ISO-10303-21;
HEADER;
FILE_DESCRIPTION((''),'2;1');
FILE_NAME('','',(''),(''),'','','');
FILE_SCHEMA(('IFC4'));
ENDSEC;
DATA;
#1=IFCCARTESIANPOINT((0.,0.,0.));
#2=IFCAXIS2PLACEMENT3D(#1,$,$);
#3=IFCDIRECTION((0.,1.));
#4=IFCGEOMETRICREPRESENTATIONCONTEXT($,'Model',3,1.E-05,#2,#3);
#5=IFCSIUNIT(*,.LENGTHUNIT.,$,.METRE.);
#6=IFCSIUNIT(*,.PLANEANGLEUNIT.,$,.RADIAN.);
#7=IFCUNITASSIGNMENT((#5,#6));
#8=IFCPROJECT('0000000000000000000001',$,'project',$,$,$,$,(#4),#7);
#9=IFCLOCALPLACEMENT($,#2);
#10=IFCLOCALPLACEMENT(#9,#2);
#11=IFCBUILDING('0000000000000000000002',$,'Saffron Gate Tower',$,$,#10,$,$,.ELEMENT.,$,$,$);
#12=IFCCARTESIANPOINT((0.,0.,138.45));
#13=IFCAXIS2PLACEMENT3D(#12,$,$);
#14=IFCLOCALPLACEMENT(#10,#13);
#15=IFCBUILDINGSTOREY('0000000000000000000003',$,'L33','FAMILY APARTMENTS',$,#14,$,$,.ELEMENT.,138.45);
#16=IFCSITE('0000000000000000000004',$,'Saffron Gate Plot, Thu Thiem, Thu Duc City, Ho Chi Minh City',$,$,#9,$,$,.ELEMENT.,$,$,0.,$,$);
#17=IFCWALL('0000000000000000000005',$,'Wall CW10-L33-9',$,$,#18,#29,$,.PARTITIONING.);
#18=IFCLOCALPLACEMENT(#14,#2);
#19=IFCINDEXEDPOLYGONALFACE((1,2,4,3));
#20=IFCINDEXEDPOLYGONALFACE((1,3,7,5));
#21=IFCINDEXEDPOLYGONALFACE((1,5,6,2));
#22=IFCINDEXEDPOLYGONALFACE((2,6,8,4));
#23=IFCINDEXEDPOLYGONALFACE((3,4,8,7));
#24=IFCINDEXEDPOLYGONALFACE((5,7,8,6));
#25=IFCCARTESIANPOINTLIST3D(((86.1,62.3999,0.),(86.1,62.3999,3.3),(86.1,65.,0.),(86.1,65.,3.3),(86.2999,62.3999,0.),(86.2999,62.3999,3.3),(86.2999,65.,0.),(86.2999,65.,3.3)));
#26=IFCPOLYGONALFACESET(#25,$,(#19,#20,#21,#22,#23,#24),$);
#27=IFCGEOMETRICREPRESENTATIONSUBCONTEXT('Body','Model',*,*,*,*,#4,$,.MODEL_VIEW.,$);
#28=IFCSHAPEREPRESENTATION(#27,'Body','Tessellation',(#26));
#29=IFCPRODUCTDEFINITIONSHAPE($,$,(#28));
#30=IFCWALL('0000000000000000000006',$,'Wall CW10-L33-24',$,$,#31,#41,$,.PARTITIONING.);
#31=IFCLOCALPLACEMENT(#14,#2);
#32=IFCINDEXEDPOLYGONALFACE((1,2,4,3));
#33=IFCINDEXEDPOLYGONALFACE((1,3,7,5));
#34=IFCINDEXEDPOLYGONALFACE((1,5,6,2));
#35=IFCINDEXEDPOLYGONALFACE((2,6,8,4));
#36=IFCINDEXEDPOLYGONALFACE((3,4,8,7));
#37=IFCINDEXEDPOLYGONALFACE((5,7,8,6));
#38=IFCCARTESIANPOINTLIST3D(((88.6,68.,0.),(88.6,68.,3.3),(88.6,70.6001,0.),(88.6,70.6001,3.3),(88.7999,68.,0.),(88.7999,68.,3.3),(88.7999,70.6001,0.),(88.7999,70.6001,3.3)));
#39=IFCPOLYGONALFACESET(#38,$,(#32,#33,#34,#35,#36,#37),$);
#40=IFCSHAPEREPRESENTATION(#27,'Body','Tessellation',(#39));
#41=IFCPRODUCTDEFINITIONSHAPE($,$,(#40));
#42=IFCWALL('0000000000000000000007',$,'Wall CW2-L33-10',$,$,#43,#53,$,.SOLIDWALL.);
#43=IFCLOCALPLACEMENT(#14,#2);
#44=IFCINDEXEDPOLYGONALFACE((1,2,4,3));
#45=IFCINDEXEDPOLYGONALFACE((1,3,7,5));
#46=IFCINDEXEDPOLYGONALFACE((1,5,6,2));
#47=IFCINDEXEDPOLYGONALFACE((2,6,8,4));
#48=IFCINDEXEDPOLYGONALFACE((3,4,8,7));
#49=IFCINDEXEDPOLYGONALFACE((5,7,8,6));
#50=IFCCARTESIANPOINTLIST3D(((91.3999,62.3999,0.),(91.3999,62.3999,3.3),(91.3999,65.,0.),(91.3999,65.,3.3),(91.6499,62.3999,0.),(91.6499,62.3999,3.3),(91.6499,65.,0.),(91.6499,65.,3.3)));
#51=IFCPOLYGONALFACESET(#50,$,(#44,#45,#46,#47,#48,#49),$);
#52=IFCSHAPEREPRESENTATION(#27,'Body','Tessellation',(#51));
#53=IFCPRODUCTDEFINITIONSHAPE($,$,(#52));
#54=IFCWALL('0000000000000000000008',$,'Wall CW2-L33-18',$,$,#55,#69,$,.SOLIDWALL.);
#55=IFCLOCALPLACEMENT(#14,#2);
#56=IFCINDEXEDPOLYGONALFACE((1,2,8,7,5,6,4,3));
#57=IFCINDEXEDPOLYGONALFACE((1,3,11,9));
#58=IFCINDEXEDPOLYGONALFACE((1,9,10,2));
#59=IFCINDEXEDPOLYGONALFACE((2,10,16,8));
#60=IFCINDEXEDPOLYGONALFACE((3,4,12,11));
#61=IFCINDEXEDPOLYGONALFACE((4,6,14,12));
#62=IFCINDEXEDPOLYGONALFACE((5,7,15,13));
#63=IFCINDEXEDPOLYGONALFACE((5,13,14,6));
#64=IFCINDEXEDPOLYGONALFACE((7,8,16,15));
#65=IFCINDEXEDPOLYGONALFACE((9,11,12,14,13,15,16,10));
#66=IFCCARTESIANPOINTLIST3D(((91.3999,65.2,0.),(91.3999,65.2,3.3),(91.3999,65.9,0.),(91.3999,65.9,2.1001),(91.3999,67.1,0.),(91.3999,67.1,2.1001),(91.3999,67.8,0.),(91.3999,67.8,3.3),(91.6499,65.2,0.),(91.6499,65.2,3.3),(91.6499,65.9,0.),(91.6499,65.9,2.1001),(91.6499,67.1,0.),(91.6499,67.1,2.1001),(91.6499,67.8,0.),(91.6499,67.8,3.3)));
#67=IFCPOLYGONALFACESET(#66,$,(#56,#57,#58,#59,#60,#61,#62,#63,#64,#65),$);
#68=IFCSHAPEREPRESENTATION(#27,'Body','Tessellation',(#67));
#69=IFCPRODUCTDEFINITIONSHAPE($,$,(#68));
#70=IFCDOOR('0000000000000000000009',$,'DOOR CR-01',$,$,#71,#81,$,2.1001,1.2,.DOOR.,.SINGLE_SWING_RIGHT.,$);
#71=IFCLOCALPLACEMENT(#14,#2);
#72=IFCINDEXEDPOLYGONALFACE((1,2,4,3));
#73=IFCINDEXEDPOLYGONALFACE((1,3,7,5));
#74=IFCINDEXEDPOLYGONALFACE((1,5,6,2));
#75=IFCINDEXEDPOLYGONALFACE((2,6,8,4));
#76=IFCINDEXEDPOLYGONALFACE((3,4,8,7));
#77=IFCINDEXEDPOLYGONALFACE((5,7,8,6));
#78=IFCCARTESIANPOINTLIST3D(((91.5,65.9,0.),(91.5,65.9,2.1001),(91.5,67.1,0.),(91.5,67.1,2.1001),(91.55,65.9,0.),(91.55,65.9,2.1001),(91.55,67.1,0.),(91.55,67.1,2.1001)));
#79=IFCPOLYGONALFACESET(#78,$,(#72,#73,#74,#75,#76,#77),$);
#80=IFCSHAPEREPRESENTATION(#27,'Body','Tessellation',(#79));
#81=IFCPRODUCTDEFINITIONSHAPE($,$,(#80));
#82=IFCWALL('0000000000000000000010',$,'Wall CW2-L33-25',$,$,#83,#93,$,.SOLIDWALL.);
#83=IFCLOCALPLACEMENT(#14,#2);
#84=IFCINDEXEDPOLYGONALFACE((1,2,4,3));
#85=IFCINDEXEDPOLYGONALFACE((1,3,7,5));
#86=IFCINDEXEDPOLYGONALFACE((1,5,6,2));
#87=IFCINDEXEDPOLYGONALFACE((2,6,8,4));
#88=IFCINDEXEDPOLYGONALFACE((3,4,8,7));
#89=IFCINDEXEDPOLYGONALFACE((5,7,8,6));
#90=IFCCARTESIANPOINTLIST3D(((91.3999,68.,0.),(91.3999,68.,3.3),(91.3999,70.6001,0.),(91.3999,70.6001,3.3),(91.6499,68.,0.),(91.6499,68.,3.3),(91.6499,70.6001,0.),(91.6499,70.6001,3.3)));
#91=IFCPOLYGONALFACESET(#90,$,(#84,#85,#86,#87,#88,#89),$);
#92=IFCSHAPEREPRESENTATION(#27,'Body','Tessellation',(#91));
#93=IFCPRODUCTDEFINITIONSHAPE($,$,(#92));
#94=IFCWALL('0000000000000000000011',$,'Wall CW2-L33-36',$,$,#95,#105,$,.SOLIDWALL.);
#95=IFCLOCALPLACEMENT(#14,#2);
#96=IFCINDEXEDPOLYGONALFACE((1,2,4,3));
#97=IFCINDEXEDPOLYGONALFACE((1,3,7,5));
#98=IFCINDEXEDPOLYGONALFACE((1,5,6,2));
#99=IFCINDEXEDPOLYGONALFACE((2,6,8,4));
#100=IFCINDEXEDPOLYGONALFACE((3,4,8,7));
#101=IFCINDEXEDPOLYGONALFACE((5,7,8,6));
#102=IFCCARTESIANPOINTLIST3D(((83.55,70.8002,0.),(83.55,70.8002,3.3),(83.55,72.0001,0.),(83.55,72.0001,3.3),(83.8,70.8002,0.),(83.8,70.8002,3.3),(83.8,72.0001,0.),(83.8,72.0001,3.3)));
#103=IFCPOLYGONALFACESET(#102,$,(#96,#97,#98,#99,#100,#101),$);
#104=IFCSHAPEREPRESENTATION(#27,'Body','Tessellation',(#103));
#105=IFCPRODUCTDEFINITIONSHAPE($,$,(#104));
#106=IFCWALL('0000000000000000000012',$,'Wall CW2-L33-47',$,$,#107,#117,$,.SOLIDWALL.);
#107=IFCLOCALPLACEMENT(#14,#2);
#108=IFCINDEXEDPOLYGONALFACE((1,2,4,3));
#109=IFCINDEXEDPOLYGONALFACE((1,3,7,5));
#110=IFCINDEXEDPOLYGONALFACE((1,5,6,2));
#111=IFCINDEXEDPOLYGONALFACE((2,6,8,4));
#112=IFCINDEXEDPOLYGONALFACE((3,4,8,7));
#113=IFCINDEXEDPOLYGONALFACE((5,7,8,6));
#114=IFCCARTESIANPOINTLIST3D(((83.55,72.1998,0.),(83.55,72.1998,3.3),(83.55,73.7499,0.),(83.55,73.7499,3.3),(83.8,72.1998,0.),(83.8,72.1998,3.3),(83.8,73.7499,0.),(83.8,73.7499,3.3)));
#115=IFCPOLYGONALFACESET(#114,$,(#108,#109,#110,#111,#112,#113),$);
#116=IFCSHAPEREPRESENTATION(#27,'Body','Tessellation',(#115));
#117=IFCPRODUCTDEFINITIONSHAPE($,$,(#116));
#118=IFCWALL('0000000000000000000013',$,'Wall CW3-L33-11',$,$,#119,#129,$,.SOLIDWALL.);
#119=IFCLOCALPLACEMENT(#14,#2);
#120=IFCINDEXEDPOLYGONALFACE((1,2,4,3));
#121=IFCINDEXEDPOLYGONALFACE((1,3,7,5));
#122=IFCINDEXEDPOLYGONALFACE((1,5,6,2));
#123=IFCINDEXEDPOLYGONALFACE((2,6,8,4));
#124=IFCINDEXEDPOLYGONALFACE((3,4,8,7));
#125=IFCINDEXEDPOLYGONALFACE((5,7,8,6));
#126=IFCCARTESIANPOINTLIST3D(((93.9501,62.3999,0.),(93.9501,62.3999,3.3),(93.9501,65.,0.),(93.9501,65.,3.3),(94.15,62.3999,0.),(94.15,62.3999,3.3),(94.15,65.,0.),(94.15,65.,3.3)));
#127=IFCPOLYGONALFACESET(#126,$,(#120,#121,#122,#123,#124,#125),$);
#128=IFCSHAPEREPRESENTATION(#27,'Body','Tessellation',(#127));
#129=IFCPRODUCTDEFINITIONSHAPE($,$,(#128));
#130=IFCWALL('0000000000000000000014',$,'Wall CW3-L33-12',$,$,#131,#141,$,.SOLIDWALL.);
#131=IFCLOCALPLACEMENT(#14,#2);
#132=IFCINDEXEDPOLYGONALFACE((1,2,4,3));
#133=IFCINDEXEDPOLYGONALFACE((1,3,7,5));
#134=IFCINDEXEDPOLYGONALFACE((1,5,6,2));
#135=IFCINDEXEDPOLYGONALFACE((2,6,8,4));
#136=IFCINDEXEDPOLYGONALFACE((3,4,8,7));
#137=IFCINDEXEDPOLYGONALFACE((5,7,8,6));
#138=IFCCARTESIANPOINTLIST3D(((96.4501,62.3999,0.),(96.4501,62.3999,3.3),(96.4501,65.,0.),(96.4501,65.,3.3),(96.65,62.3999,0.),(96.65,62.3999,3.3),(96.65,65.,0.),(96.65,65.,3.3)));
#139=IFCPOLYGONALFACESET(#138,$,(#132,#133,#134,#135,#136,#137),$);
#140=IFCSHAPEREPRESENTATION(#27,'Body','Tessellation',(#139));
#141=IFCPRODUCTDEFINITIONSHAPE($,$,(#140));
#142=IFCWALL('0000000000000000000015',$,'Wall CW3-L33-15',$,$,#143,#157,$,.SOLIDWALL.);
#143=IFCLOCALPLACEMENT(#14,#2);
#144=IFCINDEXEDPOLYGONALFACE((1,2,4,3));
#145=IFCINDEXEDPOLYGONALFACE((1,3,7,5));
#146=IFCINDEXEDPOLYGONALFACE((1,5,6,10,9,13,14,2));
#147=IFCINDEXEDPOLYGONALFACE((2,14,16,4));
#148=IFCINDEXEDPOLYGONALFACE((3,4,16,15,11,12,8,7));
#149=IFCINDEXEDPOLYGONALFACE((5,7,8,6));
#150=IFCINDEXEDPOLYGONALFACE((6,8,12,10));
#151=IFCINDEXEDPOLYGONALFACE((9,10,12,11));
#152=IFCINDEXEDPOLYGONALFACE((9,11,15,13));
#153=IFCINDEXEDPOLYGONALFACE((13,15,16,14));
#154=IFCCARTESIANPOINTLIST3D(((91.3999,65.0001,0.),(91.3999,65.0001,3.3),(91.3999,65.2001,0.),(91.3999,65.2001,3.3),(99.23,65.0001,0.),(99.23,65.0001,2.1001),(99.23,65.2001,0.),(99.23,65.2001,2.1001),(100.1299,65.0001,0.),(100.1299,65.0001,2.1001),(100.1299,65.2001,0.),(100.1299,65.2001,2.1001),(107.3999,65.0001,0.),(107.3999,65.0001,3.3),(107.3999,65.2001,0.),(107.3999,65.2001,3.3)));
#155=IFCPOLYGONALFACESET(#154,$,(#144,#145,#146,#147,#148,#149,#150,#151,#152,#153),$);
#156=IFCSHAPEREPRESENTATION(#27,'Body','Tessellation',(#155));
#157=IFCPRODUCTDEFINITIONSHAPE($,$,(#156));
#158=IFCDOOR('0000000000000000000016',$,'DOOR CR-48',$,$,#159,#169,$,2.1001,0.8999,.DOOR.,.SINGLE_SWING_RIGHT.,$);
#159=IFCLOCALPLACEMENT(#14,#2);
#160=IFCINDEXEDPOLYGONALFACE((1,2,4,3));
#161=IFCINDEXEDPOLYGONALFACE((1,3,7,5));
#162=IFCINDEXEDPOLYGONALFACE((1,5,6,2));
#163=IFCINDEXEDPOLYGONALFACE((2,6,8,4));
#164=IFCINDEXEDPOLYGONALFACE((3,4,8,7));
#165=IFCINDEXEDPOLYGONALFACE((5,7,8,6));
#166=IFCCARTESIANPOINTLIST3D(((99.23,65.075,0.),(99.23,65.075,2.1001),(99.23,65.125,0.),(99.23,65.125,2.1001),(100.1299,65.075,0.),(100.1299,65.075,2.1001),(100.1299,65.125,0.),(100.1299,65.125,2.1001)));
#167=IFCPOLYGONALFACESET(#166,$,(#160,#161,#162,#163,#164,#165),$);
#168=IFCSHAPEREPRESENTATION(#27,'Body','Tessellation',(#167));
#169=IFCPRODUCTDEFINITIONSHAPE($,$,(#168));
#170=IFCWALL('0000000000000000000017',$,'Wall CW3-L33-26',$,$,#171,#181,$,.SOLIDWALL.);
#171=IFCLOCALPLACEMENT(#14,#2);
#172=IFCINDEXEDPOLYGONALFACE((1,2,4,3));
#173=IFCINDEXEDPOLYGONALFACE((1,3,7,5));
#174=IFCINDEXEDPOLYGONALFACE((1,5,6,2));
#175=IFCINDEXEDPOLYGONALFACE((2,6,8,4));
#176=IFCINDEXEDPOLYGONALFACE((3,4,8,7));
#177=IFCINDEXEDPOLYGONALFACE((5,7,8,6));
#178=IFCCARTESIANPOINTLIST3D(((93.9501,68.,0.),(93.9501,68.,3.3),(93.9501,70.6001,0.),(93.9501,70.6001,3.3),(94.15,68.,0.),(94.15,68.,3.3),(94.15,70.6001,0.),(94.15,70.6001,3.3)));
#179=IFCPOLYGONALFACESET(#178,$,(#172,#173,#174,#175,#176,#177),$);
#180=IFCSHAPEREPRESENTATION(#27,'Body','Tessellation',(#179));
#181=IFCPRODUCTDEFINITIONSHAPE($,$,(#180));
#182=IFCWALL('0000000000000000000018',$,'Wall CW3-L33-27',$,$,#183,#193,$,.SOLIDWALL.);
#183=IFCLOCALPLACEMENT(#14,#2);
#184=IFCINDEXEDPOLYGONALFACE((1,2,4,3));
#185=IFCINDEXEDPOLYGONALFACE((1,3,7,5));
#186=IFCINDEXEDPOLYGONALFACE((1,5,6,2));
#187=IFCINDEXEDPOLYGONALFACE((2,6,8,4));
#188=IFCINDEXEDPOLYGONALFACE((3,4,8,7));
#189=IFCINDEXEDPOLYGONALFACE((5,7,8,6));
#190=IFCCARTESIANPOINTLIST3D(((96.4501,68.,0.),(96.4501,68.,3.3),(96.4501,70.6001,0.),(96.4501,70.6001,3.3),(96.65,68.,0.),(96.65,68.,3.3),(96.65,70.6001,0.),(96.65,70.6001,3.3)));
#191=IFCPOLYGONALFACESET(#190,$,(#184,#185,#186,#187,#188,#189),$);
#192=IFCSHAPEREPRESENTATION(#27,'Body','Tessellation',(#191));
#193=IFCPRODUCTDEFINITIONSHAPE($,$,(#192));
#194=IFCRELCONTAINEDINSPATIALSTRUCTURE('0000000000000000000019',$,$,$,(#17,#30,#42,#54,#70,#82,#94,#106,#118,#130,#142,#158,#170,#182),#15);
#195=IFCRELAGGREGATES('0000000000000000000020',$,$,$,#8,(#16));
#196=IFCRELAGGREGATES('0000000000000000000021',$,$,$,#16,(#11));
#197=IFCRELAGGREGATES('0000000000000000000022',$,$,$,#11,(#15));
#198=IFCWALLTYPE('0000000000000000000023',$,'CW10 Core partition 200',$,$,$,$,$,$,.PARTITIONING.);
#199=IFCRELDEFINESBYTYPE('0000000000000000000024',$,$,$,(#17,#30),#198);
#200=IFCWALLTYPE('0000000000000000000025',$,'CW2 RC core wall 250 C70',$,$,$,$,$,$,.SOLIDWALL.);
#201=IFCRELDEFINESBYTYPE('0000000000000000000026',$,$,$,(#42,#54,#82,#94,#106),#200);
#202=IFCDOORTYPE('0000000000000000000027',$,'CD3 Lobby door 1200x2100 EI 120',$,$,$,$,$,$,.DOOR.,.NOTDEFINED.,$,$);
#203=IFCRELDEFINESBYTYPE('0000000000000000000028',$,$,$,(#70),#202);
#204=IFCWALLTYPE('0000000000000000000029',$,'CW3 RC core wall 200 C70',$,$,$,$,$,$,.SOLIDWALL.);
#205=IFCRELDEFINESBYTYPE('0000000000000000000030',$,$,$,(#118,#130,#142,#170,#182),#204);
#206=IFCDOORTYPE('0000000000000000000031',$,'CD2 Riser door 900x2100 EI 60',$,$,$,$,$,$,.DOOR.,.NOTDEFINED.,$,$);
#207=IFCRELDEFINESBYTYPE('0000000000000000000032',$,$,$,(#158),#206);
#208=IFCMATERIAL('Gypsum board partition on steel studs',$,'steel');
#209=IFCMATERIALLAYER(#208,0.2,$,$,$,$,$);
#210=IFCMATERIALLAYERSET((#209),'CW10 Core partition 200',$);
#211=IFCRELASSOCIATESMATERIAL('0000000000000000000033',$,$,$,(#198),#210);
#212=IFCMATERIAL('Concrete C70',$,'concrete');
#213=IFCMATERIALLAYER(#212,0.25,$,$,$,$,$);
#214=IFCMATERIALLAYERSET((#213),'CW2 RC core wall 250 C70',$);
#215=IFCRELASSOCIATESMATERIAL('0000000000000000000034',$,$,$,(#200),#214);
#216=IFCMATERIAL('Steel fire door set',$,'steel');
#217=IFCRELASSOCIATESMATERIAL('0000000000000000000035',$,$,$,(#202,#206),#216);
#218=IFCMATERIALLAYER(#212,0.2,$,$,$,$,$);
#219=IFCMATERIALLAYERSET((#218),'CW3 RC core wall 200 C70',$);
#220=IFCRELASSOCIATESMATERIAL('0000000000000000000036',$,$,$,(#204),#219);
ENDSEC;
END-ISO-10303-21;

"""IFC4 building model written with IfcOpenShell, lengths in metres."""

from ifc_helpers import new_model, si_unit, direction, frame, frame_2d, origin, place, context, subcontext, project, spatial, rectangle, extrude, material, layer, layer_set, type_object, element, fill, save


model = new_model("IFC4")

# Units and contexts
model_context = context("Model", 3, precision=1e-05, world=origin(), true_north=direction((0.0, 1.0)))
body_context = subcontext(model_context, "Body", "Model", "MODEL_VIEW")
ifc_project = project(units=[si_unit("LENGTHUNIT", "METRE"), si_unit("PLANEANGLEUNIT", "RADIAN")], contexts=[model_context])

# Site, building, storey
site_placement = place(None, origin())
site = spatial("IfcSite", under=ifc_project, at=site_placement, Name="Saffron Gate Plot, Thu Thiem, Thu Duc City, Ho Chi Minh City", CompositionType="ELEMENT", RefElevation=0.0)
building_placement = place(site_placement, origin())
building = spatial("IfcBuilding", under=site, at=building_placement, Name="Saffron Gate Tower", CompositionType="ELEMENT")
storey_placement = place(building_placement, frame((0.0, 0.0, 138.45)))
storey = spatial("IfcBuildingStorey", under=building, at=storey_placement, Name="L33", Description="FAMILY APARTMENTS", CompositionType="ELEMENT", Elevation=138.45)

# Walls
ifc_material_1 = material(Name="Gypsum board partition on steel studs", Category="steel")
ifc_layer_1 = layer(ifc_material_1, 0.2)
ifc_layer_set_1 = layer_set([ifc_layer_1], Name="CW10 Core partition 200")
wall_type_1 = type_object("IfcWallType", Name="CW10 Core partition 200", PredefinedType="PARTITIONING", material=ifc_layer_set_1)
for number, where, z_axis, x_axis, name in (
    (1, (86.2, 62.3999, 0.0), (0.0, 0.0, 1.0), (0.0, 1.0, 0.0), "Wall CW10-L33-9"),
    (2, (88.7, 68.0, 0.0), (0.0, 0.0, 1.0), (0.0, 1.0, 0.0), "Wall CW10-L33-24"),
):
    element("IfcWall", number, at=place(storey_placement, frame(where, z_axis=z_axis, x_axis=x_axis)), inside=storey, type_object=wall_type_1, Name=name, PredefinedType="PARTITIONING", context=body_context, shape_type="SweptSolid", body=[
        extrude(rectangle(XDim=2.6001, YDim=0.2, at=frame_2d((1.3, 0.0))), origin(), (0.0, 0.0, 1.0), 3.3),
    ])
ifc_material_2 = material(Name="Concrete C70", Category="concrete")
ifc_layer_2 = layer(ifc_material_2, 0.25)
ifc_layer_set_2 = layer_set([ifc_layer_2], Name="CW2 RC core wall 250 C70")
wall_type_2 = type_object("IfcWallType", Name="CW2 RC core wall 250 C70", PredefinedType="SOLIDWALL", material=ifc_layer_set_2)
wall_1_placement = place(storey_placement, frame((91.5249, 62.3999, 0.0), z_axis=(0.0, 0.0, 1.0), x_axis=(0.0, 1.0, 0.0)))
element("IfcWall", 3, at=wall_1_placement, inside=storey, type_object=wall_type_2, Name="Wall CW2-L33-10", PredefinedType="SOLIDWALL", context=body_context, shape_type="SweptSolid", body=[
    extrude(rectangle(XDim=2.6001, YDim=0.25, at=frame_2d((1.3, 0.0))), origin(), (0.0, 0.0, 1.0), 3.3),
])

# Wall, opening, door
wall_2_placement = place(storey_placement, frame((91.5249, 65.2, 0.0), z_axis=(0.0, 0.0, 1.0), x_axis=(0.0, 1.0, 0.0)))
wall_2 = element("IfcWall", 4, at=wall_2_placement, inside=storey, type_object=wall_type_2, Name="Wall CW2-L33-18", PredefinedType="SOLIDWALL", context=body_context, shape_type="SweptSolid", body=[
    extrude(rectangle(XDim=2.6001, YDim=0.25, at=frame_2d((1.3, 0.0))), origin(), (0.0, 0.0, 1.0), 3.3),
])
opening_1_placement = place(wall_2_placement, frame((0.7, 0.0, 0.0)))
opening_1 = element("IfcOpeningElement", 5, at=opening_1_placement, cuts=wall_2, PredefinedType="OPENING", context=body_context, shape_type="SweptSolid", body=[
    extrude(rectangle(XDim=1.2, YDim=2.1001, at=frame_2d((0.6001, 1.05))), frame((0.0, 0.135, 0.0), z_axis=(0.0, -1.0, 0.0), x_axis=(1.0, 0.0, 0.0)), (0.0, 0.0, 1.0), 0.27),
])
ifc_material_3 = material(Name="Steel fire door set", Category="steel")
door_type_1 = type_object("IfcDoorType", Name="CD3 Lobby door 1200x2100 EI 120", OperationType="NOTDEFINED", PredefinedType="DOOR", material=ifc_material_3)
door_1_placement = place(opening_1_placement, origin())
door_1 = element("IfcDoor", 6, at=door_1_placement, inside=storey, type_object=door_type_1, Name="DOOR CR-01", OperationType="SINGLE_SWING_RIGHT", OverallHeight=2.1001, OverallWidth=1.2, PredefinedType="DOOR", context=body_context, shape_type="SweptSolid", body=[
    extrude(rectangle(XDim=1.2, YDim=2.1001, at=frame_2d((0.6001, 1.05))), frame((0.0, 0.0249, 0.0), z_axis=(0.0, -1.0, 0.0), x_axis=(1.0, 0.0, 0.0)), (0.0, 0.0, 1.0), 0.05),
])
fill(opening_1, door_1)

# Walls
wall_3_placement = place(storey_placement, frame((91.5249, 68.0, 0.0), z_axis=(0.0, 0.0, 1.0), x_axis=(0.0, 1.0, 0.0)))
element("IfcWall", 7, at=wall_3_placement, inside=storey, type_object=wall_type_2, Name="Wall CW2-L33-25", PredefinedType="SOLIDWALL", context=body_context, shape_type="SweptSolid", body=[
    extrude(rectangle(XDim=2.6001, YDim=0.25, at=frame_2d((1.3, 0.0))), origin(), (0.0, 0.0, 1.0), 3.3),
])
wall_4_placement = place(storey_placement, frame((83.675, 70.8, 0.0), z_axis=(0.0, 0.0, 1.0), x_axis=(0.0, 1.0, 0.0)))
element("IfcWall", 8, at=wall_4_placement, inside=storey, type_object=wall_type_2, Name="Wall CW2-L33-36", PredefinedType="SOLIDWALL", context=body_context, shape_type="SweptSolid", body=[
    extrude(rectangle(XDim=1.2, YDim=0.25, at=frame_2d((0.6001, 0.0))), origin(), (0.0, 0.0, 1.0), 3.3),
])
wall_5_placement = place(storey_placement, frame((83.675, 72.2, 0.0), z_axis=(0.0, 0.0, 1.0), x_axis=(0.0, 1.0, 0.0)))
element("IfcWall", 9, at=wall_5_placement, inside=storey, type_object=wall_type_2, Name="Wall CW2-L33-47", PredefinedType="SOLIDWALL", context=body_context, shape_type="SweptSolid", body=[
    extrude(rectangle(XDim=1.55, YDim=0.25, at=frame_2d((0.7749, 0.0))), origin(), (0.0, 0.0, 1.0), 3.3),
])
ifc_layer_3 = layer(ifc_material_2, 0.2)
ifc_layer_set_3 = layer_set([ifc_layer_3], Name="CW3 RC core wall 200 C70")
wall_type_3 = type_object("IfcWallType", Name="CW3 RC core wall 200 C70", PredefinedType="SOLIDWALL", material=ifc_layer_set_3)
for number, where, z_axis, x_axis, name in (
    (10, (94.05, 62.3999, 0.0), (0.0, 0.0, 1.0), (0.0, 1.0, 0.0), "Wall CW3-L33-11"),
    (11, (96.55, 62.3999, 0.0), (0.0, 0.0, 1.0), (0.0, 1.0, 0.0), "Wall CW3-L33-12"),
):
    element("IfcWall", number, at=place(storey_placement, frame(where, z_axis=z_axis, x_axis=x_axis)), inside=storey, type_object=wall_type_3, Name=name, PredefinedType="SOLIDWALL", context=body_context, shape_type="SweptSolid", body=[
        extrude(rectangle(XDim=2.6001, YDim=0.2, at=frame_2d((1.3, 0.0))), origin(), (0.0, 0.0, 1.0), 3.3),
    ])

# Wall, opening, door
wall_6_placement = place(storey_placement, frame((91.3999, 65.1001, 0.0), z_axis=(0.0, 0.0, 1.0), x_axis=(1.0, 0.0, 0.0)))
wall_6 = element("IfcWall", 12, at=wall_6_placement, inside=storey, type_object=wall_type_3, Name="Wall CW3-L33-15", PredefinedType="SOLIDWALL", context=body_context, shape_type="SweptSolid", body=[
    extrude(rectangle(XDim=16.0, YDim=0.2, at=frame_2d((8.0, 0.0))), origin(), (0.0, 0.0, 1.0), 3.3),
])
opening_2_placement = place(wall_6_placement, frame((7.8301, 0.0, 0.0)))
opening_2 = element("IfcOpeningElement", 13, at=opening_2_placement, cuts=wall_6, PredefinedType="OPENING", context=body_context, shape_type="SweptSolid", body=[
    extrude(rectangle(XDim=0.8999, YDim=2.1001, at=frame_2d((0.45, 1.05))), frame((0.0, 0.1099, 0.0), z_axis=(0.0, -1.0, 0.0), x_axis=(1.0, 0.0, 0.0)), (0.0, 0.0, 1.0), 0.22),
])
door_type_2 = type_object("IfcDoorType", Name="CD2 Riser door 900x2100 EI 60", OperationType="NOTDEFINED", PredefinedType="DOOR", material=ifc_material_3)
door_2_placement = place(opening_2_placement, origin())
door_2 = element("IfcDoor", 14, at=door_2_placement, inside=storey, type_object=door_type_2, Name="DOOR CR-48", OperationType="SINGLE_SWING_RIGHT", OverallHeight=2.1001, OverallWidth=0.8999, PredefinedType="DOOR", context=body_context, shape_type="SweptSolid", body=[
    extrude(rectangle(XDim=0.8999, YDim=2.1001, at=frame_2d((0.45, 1.05))), frame((0.0, 0.0249, 0.0), z_axis=(0.0, -1.0, 0.0), x_axis=(1.0, 0.0, 0.0)), (0.0, 0.0, 1.0), 0.05),
])
fill(opening_2, door_2)

# Walls
for number, where, z_axis, x_axis, name in (
    (15, (94.05, 68.0, 0.0), (0.0, 0.0, 1.0), (0.0, 1.0, 0.0), "Wall CW3-L33-26"),
    (16, (96.55, 68.0, 0.0), (0.0, 0.0, 1.0), (0.0, 1.0, 0.0), "Wall CW3-L33-27"),
):
    element("IfcWall", number, at=place(storey_placement, frame(where, z_axis=z_axis, x_axis=x_axis)), inside=storey, type_object=wall_type_3, Name=name, PredefinedType="SOLIDWALL", context=body_context, shape_type="SweptSolid", body=[
        extrude(rectangle(XDim=2.6001, YDim=0.2, at=frame_2d((1.3, 0.0))), origin(), (0.0, 0.0, 1.0), 3.3),
    ])

save(model, "model.ifc")
